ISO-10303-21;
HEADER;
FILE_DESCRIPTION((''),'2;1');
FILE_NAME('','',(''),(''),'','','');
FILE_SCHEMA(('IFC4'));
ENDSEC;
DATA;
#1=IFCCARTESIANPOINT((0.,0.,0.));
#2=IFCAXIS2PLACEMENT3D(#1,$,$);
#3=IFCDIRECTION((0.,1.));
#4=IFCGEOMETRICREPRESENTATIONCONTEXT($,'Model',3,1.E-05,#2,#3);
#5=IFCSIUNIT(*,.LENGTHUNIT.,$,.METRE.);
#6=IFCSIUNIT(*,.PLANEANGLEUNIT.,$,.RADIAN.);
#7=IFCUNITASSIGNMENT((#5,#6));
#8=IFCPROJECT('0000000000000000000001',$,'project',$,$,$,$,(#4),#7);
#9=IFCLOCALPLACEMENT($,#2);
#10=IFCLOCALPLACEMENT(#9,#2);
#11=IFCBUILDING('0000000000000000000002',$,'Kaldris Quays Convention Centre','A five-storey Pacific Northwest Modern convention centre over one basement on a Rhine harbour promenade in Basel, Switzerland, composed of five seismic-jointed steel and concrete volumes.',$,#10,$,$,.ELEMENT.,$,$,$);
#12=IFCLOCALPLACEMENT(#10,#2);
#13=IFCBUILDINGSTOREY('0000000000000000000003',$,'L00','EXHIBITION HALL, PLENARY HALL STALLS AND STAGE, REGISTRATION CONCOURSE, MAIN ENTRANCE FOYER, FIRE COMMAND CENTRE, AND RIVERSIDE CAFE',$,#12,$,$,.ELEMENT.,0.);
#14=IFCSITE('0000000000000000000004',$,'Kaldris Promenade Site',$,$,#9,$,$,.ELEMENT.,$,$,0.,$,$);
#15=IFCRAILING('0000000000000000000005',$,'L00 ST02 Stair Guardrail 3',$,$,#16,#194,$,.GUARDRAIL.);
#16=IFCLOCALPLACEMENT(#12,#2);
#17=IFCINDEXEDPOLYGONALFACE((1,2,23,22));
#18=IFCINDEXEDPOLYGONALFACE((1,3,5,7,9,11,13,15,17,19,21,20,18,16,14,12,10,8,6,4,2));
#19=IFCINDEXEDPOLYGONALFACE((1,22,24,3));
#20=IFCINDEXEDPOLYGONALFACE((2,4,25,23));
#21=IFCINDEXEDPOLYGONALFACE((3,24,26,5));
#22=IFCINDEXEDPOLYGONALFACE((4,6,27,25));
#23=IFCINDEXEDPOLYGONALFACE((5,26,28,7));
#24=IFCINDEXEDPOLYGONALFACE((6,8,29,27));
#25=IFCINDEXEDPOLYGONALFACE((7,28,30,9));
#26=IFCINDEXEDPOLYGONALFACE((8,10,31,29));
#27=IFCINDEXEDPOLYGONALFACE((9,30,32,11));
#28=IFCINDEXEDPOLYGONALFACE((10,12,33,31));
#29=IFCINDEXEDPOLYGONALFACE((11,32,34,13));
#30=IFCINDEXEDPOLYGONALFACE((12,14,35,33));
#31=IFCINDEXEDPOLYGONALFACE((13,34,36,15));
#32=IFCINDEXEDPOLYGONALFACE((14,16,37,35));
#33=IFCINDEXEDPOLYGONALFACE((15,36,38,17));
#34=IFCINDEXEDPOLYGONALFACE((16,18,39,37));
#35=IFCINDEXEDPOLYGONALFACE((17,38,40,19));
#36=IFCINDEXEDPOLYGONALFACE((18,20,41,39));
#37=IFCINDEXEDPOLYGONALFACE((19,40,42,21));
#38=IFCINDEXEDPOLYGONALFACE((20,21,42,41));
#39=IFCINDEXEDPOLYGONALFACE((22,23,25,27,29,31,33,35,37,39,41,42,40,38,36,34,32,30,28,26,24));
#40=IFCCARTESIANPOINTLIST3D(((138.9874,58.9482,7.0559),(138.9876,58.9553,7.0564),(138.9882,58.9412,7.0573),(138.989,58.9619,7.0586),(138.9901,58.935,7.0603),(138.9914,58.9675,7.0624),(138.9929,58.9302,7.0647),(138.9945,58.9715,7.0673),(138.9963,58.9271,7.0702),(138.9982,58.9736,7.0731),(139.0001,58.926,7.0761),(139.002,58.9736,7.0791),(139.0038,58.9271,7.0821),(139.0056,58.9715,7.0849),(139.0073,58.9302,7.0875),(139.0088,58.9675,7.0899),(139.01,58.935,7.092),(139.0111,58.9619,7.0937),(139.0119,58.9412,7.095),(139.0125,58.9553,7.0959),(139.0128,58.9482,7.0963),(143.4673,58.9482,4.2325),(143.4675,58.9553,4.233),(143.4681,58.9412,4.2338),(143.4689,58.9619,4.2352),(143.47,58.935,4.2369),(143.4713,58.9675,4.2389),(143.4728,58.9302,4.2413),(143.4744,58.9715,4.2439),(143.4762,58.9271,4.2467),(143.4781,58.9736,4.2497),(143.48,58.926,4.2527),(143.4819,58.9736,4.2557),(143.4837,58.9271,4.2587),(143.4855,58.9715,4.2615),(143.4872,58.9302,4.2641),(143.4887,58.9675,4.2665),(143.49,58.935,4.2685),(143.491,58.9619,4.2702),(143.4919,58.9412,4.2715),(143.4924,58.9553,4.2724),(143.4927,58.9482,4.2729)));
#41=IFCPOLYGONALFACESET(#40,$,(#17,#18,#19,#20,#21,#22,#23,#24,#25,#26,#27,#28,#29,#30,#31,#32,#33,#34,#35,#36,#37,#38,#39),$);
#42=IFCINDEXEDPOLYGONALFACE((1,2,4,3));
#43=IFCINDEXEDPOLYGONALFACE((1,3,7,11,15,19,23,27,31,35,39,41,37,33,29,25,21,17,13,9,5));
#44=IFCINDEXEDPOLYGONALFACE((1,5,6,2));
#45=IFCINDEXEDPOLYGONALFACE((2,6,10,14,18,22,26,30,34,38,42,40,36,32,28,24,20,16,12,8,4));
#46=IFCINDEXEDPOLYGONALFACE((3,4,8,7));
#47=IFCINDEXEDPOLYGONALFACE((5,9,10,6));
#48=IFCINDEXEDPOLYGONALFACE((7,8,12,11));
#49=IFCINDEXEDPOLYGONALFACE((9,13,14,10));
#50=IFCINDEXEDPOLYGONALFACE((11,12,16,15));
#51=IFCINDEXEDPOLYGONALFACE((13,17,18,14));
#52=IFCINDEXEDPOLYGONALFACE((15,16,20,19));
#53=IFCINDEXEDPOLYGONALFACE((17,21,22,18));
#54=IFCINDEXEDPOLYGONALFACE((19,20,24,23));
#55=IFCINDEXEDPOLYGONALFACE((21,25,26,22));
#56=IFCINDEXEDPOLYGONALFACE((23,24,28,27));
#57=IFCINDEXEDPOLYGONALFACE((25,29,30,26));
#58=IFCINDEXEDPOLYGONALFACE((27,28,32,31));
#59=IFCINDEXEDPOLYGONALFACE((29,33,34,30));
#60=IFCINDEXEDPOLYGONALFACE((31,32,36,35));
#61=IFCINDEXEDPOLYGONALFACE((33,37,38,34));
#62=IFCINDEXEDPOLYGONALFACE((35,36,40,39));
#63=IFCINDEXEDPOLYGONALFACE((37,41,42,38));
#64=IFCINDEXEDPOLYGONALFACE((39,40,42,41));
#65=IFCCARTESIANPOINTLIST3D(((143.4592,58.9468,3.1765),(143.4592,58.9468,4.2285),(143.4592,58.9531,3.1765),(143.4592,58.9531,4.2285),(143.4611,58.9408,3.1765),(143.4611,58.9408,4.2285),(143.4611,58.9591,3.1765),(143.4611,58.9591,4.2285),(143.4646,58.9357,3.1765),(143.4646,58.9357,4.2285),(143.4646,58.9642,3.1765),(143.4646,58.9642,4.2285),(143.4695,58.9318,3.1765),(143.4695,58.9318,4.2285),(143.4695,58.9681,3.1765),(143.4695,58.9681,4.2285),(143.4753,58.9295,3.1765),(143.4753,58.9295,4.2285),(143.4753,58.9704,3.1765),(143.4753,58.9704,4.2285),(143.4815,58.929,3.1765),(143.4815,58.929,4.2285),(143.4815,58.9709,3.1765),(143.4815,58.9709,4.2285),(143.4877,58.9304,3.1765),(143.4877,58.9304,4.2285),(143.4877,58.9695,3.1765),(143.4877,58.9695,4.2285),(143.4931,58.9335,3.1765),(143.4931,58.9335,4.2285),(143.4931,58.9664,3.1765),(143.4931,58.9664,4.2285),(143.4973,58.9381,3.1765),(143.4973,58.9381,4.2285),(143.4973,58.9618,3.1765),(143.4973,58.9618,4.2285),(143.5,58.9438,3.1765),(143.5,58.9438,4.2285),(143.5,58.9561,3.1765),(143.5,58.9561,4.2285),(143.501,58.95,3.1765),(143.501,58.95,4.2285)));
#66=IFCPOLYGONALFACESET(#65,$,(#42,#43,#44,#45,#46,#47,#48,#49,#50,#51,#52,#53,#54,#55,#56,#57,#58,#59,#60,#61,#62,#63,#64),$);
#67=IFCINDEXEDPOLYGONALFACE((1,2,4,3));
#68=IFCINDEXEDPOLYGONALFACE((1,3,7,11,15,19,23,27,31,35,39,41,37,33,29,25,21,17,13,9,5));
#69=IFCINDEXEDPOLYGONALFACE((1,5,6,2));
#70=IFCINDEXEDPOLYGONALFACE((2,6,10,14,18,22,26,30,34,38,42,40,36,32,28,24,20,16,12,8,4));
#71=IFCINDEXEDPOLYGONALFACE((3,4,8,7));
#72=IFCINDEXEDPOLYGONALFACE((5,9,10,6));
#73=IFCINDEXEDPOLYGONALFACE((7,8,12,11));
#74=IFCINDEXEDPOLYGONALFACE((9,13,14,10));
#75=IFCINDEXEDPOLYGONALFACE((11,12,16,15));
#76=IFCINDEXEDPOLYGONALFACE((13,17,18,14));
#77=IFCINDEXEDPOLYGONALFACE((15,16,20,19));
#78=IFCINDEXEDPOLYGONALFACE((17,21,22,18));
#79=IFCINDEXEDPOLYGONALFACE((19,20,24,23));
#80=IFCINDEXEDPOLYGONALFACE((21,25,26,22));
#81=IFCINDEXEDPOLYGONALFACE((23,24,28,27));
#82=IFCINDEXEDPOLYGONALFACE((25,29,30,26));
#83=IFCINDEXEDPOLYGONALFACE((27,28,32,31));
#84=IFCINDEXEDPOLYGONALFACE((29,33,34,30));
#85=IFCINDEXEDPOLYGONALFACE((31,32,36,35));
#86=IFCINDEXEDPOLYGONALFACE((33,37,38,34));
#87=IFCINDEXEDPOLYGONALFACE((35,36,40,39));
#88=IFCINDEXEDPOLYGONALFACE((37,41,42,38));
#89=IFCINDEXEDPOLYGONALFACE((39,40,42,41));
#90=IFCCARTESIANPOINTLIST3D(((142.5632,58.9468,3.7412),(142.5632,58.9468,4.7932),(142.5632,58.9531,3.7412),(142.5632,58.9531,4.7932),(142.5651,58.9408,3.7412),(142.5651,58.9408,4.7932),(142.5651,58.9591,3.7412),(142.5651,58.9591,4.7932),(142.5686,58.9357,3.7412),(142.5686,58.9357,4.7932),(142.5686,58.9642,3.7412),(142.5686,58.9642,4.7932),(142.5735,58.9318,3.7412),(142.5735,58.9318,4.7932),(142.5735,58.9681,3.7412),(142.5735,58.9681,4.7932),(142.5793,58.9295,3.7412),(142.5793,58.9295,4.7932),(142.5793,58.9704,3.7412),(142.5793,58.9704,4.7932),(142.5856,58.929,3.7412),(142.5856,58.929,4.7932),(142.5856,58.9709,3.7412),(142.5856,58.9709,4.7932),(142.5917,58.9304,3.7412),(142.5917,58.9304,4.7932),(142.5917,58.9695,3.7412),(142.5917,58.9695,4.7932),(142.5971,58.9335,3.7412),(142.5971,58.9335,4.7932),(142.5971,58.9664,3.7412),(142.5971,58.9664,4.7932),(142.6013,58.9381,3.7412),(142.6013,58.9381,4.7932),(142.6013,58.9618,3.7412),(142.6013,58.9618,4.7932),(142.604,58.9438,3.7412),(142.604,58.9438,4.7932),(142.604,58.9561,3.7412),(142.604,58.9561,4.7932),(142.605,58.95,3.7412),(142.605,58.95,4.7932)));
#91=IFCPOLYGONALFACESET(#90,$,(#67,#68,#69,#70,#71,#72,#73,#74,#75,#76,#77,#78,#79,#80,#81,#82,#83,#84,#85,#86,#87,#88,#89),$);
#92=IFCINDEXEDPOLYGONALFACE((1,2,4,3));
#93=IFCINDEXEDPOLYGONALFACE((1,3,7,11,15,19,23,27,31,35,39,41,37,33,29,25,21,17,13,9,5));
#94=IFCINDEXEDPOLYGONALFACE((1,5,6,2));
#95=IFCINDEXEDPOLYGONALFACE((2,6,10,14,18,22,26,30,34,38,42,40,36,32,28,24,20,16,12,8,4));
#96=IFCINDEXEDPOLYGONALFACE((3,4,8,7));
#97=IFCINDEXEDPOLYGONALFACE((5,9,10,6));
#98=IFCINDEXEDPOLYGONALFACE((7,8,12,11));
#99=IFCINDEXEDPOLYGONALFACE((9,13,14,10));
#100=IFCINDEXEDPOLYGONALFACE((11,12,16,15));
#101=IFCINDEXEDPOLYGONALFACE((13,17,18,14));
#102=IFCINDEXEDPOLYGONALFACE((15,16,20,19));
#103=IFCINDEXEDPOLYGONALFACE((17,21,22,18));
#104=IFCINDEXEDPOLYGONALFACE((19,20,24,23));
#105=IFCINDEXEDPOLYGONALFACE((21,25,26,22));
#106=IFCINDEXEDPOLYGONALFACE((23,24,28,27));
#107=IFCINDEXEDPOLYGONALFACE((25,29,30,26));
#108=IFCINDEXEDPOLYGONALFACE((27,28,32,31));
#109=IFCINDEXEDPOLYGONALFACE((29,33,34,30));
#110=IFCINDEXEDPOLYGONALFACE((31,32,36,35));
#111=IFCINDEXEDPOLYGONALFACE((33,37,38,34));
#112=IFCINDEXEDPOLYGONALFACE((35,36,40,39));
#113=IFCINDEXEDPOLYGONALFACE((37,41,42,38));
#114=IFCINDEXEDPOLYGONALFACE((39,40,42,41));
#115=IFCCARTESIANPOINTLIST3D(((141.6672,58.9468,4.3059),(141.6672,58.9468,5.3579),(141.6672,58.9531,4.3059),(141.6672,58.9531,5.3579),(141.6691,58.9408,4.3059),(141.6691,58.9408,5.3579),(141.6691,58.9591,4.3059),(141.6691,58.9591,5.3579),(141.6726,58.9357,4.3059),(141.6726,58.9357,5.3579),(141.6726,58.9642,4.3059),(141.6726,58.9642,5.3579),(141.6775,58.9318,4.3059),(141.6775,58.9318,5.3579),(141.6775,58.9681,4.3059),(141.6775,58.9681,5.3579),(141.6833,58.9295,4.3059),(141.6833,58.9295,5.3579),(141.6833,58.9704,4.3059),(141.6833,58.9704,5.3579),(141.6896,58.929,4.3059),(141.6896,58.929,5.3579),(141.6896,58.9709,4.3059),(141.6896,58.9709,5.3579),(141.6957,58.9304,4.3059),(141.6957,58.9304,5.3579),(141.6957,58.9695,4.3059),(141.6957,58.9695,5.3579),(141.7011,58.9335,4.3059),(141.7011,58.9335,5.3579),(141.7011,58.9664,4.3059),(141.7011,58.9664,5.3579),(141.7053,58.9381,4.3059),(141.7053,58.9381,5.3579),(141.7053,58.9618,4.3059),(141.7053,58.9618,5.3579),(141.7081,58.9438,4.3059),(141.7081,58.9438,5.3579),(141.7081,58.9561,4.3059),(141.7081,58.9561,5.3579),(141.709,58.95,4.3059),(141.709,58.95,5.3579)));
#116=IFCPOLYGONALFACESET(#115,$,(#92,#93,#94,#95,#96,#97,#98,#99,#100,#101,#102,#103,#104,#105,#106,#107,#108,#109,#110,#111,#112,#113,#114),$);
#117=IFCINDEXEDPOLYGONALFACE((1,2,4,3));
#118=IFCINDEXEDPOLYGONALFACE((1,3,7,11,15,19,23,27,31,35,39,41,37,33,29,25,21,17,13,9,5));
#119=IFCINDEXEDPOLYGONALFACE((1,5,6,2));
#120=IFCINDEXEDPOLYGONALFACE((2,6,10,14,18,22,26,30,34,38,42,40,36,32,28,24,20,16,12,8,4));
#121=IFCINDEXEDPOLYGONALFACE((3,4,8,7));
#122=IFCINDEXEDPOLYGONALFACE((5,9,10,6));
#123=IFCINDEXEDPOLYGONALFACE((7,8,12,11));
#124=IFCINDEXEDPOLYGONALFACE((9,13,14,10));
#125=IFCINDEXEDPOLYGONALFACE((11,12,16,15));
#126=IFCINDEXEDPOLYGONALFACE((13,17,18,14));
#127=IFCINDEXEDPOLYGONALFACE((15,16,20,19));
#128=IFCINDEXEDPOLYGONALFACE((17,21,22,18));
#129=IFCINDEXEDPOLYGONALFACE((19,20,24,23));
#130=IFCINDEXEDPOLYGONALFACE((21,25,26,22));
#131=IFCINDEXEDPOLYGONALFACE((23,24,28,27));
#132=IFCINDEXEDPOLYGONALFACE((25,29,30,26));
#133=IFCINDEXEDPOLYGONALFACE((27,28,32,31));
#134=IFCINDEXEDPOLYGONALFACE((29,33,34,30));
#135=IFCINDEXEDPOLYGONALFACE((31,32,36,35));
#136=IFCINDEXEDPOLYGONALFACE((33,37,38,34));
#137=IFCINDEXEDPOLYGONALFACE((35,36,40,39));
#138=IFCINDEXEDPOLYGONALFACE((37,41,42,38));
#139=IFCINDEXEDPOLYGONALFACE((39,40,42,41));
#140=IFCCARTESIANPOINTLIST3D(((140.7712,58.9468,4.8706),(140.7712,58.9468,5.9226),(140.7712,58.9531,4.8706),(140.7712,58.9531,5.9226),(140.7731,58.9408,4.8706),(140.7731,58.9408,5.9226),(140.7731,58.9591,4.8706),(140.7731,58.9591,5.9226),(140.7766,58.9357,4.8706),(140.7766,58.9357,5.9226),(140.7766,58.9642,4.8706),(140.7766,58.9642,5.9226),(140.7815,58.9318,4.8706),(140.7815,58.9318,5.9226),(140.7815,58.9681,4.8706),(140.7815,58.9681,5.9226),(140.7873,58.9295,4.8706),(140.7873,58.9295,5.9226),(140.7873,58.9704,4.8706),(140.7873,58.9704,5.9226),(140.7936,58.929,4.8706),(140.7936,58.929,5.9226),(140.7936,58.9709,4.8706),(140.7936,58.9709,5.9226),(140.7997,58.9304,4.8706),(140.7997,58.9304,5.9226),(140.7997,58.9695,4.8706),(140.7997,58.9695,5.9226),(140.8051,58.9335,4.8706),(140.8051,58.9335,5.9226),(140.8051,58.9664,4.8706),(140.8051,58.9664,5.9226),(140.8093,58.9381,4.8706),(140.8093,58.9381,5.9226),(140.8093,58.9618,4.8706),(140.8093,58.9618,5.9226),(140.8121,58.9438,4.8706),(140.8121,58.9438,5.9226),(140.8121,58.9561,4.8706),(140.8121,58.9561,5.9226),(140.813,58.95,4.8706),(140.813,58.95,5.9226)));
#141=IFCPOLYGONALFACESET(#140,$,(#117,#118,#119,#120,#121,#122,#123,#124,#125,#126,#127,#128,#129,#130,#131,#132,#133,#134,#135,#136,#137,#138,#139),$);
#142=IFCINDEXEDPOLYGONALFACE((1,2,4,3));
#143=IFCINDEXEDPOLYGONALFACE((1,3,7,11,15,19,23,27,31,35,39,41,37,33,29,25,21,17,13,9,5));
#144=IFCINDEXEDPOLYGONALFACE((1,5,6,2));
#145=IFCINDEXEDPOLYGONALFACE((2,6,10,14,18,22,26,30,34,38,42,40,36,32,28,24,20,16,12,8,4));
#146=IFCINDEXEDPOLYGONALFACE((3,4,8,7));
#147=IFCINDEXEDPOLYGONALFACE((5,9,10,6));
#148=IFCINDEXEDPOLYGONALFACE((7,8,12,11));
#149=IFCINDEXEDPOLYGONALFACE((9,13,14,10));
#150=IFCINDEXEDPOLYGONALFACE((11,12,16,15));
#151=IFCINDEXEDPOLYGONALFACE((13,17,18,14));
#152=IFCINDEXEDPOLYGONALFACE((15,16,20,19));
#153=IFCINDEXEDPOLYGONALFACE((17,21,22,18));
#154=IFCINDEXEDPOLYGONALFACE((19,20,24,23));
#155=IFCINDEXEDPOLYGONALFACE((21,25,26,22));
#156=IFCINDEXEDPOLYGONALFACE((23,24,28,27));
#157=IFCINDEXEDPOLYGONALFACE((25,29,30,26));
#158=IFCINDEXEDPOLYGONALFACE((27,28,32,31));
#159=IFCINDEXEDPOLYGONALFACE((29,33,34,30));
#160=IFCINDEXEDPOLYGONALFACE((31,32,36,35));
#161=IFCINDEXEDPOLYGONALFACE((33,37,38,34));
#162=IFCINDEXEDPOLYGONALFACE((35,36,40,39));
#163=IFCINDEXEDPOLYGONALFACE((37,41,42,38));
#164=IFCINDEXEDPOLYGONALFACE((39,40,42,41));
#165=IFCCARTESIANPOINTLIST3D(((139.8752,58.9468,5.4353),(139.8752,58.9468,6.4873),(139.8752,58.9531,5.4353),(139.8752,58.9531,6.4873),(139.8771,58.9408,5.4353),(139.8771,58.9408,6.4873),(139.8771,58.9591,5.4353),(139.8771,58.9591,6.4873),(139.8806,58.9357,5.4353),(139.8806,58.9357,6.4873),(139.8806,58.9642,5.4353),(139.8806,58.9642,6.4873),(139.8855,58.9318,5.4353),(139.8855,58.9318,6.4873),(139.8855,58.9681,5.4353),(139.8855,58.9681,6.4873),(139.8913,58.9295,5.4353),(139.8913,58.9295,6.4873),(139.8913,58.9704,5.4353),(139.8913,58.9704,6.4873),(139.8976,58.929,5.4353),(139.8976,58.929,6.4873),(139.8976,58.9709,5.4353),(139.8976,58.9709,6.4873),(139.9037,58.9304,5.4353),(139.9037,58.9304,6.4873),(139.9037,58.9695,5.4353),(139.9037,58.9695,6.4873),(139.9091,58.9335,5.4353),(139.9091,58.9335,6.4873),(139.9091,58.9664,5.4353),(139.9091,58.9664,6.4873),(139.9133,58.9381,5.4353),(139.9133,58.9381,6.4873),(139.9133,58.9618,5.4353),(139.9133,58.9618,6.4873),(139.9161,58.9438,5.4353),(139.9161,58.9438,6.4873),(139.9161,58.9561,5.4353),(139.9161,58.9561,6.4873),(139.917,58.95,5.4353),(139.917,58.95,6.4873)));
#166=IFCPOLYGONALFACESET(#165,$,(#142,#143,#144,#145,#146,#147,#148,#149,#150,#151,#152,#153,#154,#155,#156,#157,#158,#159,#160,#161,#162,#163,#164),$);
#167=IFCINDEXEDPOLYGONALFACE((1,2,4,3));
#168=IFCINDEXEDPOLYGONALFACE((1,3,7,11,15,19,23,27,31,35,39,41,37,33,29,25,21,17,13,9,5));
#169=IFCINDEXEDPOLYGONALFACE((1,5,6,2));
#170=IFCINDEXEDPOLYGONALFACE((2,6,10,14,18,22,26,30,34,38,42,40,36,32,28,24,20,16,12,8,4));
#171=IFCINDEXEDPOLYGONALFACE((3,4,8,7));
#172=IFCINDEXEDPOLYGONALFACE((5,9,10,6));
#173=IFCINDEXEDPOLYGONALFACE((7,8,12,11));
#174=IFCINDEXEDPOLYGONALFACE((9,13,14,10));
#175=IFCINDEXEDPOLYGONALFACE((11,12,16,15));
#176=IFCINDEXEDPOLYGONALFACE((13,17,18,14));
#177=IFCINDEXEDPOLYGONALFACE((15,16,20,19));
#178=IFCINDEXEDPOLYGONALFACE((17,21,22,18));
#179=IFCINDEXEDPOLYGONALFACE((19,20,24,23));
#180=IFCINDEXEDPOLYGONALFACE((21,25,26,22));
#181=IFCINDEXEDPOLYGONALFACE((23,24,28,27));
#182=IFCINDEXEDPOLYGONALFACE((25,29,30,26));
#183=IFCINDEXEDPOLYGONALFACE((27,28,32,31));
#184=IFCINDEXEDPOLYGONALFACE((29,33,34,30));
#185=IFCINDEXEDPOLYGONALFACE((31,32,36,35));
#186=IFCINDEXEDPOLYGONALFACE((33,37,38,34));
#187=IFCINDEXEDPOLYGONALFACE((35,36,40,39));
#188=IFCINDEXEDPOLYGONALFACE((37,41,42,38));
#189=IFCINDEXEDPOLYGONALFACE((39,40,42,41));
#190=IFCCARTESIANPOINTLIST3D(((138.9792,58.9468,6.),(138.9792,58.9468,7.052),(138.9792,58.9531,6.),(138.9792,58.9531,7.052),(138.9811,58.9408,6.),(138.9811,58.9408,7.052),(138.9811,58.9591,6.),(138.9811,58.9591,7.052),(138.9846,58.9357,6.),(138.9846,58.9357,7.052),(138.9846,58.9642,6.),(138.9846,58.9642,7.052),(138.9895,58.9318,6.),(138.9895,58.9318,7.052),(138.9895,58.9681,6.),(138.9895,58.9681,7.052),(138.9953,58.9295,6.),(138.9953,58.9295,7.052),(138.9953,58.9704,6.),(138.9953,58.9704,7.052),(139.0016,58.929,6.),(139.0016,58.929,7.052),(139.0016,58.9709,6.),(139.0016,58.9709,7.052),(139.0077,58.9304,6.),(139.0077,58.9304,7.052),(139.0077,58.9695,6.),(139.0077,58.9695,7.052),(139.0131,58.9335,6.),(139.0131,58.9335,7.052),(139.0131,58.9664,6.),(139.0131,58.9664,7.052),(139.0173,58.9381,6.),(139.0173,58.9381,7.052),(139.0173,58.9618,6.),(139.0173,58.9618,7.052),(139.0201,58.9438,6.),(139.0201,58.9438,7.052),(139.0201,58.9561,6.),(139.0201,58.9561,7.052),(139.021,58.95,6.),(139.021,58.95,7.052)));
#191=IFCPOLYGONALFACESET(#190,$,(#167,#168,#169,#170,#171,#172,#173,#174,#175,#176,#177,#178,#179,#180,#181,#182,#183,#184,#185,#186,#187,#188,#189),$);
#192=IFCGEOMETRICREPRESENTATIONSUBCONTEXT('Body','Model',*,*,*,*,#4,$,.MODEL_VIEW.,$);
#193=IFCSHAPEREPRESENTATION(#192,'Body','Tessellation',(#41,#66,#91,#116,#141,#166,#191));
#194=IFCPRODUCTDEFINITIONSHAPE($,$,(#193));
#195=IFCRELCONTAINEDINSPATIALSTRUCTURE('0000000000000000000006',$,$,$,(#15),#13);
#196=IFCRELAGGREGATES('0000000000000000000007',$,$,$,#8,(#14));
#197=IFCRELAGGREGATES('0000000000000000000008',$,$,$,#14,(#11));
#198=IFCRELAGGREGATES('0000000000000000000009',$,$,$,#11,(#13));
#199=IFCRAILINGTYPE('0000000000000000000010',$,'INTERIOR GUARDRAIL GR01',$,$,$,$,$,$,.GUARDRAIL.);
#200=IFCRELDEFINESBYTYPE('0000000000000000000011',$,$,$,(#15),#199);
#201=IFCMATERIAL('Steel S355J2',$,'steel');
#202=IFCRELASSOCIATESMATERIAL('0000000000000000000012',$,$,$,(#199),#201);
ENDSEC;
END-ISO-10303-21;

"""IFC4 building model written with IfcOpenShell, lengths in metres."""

from ifc_helpers import new_model, si_unit, direction, frame, origin, origin_2d, place, context, subcontext, project, spatial, circle, extrude, material, type_object, element, save


model = new_model("IFC4")

# Units and contexts
model_context = context("Model", 3, precision=1e-05, world=origin(), true_north=direction((0.0, 1.0)))
body_context = subcontext(model_context, "Body", "Model", "MODEL_VIEW")
ifc_project = project(units=[si_unit("LENGTHUNIT", "METRE"), si_unit("PLANEANGLEUNIT", "RADIAN")], contexts=[model_context])

# Site, building, storey
site_placement = place(None, origin())
site = spatial("IfcSite", under=ifc_project, at=site_placement, Name="Kaldris Promenade Site", CompositionType="ELEMENT", RefElevation=0.0)
building_placement = place(site_placement, origin())
building = spatial("IfcBuilding", under=site, at=building_placement, Name="Kaldris Quays Convention Centre", Description="A five-storey Pacific Northwest Modern convention centre over one basement on a Rhine harbour promenade in Basel, Switzerland, composed of five seismic-jointed steel and concrete volumes.", CompositionType="ELEMENT")
storey_placement = place(building_placement, origin())
storey = spatial("IfcBuildingStorey", under=building, at=storey_placement, Name="L00", Description="EXHIBITION HALL, PLENARY HALL STALLS AND STAGE, REGISTRATION CONCOURSE, MAIN ENTRANCE FOYER, FIRE COMMAND CENTRE, AND RIVERSIDE CAFE", CompositionType="ELEMENT", Elevation=0.0)

# Shared definitions
ifc_material_1 = material(Name="Steel S355J2", Category="steel")

# Railing
railing_type_1 = type_object("IfcRailingType", Name="INTERIOR GUARDRAIL GR01", PredefinedType="GUARDRAIL", material=ifc_material_1)
railing_1_placement = place(storey_placement, frame((143.48, 58.95, 3.1765)))
element("IfcRailing", 1, at=railing_1_placement, inside=storey, type_object=railing_type_1, Name="L00 ST02 Stair Guardrail 3", PredefinedType="GUARDRAIL", context=body_context, shape_type="SweptSolid", body=[
    extrude(circle(Radius=0.0239, at=origin_2d()), frame((0.0, 0.0, 1.0762), z_axis=(-0.845998, 0.0, 0.533186), x_axis=(0.0, -1.0, 0.0)), (0.0, 0.0, 1.0), 5.2954),
    extrude(circle(Radius=0.021, at=origin_2d()), origin(), (0.0, 0.0, 1.0), 1.052),
    extrude(circle(Radius=0.021, at=origin_2d()), frame((-0.896, 0.0, 0.5647)), (0.0, 0.0, 1.0), 1.052),
    extrude(circle(Radius=0.021, at=origin_2d()), frame((-1.792, 0.0, 1.1294)), (0.0, 0.0, 1.0), 1.052),
    extrude(circle(Radius=0.021, at=origin_2d()), frame((-2.688, 0.0, 1.6941)), (0.0, 0.0, 1.0), 1.052),
    extrude(circle(Radius=0.021, at=origin_2d()), frame((-3.584, 0.0, 2.2588)), (0.0, 0.0, 1.0), 1.052),
    extrude(circle(Radius=0.021, at=origin_2d()), frame((-4.48, 0.0, 2.8235)), (0.0, 0.0, 1.0), 1.052),
])

save(model, "model.ifc")
